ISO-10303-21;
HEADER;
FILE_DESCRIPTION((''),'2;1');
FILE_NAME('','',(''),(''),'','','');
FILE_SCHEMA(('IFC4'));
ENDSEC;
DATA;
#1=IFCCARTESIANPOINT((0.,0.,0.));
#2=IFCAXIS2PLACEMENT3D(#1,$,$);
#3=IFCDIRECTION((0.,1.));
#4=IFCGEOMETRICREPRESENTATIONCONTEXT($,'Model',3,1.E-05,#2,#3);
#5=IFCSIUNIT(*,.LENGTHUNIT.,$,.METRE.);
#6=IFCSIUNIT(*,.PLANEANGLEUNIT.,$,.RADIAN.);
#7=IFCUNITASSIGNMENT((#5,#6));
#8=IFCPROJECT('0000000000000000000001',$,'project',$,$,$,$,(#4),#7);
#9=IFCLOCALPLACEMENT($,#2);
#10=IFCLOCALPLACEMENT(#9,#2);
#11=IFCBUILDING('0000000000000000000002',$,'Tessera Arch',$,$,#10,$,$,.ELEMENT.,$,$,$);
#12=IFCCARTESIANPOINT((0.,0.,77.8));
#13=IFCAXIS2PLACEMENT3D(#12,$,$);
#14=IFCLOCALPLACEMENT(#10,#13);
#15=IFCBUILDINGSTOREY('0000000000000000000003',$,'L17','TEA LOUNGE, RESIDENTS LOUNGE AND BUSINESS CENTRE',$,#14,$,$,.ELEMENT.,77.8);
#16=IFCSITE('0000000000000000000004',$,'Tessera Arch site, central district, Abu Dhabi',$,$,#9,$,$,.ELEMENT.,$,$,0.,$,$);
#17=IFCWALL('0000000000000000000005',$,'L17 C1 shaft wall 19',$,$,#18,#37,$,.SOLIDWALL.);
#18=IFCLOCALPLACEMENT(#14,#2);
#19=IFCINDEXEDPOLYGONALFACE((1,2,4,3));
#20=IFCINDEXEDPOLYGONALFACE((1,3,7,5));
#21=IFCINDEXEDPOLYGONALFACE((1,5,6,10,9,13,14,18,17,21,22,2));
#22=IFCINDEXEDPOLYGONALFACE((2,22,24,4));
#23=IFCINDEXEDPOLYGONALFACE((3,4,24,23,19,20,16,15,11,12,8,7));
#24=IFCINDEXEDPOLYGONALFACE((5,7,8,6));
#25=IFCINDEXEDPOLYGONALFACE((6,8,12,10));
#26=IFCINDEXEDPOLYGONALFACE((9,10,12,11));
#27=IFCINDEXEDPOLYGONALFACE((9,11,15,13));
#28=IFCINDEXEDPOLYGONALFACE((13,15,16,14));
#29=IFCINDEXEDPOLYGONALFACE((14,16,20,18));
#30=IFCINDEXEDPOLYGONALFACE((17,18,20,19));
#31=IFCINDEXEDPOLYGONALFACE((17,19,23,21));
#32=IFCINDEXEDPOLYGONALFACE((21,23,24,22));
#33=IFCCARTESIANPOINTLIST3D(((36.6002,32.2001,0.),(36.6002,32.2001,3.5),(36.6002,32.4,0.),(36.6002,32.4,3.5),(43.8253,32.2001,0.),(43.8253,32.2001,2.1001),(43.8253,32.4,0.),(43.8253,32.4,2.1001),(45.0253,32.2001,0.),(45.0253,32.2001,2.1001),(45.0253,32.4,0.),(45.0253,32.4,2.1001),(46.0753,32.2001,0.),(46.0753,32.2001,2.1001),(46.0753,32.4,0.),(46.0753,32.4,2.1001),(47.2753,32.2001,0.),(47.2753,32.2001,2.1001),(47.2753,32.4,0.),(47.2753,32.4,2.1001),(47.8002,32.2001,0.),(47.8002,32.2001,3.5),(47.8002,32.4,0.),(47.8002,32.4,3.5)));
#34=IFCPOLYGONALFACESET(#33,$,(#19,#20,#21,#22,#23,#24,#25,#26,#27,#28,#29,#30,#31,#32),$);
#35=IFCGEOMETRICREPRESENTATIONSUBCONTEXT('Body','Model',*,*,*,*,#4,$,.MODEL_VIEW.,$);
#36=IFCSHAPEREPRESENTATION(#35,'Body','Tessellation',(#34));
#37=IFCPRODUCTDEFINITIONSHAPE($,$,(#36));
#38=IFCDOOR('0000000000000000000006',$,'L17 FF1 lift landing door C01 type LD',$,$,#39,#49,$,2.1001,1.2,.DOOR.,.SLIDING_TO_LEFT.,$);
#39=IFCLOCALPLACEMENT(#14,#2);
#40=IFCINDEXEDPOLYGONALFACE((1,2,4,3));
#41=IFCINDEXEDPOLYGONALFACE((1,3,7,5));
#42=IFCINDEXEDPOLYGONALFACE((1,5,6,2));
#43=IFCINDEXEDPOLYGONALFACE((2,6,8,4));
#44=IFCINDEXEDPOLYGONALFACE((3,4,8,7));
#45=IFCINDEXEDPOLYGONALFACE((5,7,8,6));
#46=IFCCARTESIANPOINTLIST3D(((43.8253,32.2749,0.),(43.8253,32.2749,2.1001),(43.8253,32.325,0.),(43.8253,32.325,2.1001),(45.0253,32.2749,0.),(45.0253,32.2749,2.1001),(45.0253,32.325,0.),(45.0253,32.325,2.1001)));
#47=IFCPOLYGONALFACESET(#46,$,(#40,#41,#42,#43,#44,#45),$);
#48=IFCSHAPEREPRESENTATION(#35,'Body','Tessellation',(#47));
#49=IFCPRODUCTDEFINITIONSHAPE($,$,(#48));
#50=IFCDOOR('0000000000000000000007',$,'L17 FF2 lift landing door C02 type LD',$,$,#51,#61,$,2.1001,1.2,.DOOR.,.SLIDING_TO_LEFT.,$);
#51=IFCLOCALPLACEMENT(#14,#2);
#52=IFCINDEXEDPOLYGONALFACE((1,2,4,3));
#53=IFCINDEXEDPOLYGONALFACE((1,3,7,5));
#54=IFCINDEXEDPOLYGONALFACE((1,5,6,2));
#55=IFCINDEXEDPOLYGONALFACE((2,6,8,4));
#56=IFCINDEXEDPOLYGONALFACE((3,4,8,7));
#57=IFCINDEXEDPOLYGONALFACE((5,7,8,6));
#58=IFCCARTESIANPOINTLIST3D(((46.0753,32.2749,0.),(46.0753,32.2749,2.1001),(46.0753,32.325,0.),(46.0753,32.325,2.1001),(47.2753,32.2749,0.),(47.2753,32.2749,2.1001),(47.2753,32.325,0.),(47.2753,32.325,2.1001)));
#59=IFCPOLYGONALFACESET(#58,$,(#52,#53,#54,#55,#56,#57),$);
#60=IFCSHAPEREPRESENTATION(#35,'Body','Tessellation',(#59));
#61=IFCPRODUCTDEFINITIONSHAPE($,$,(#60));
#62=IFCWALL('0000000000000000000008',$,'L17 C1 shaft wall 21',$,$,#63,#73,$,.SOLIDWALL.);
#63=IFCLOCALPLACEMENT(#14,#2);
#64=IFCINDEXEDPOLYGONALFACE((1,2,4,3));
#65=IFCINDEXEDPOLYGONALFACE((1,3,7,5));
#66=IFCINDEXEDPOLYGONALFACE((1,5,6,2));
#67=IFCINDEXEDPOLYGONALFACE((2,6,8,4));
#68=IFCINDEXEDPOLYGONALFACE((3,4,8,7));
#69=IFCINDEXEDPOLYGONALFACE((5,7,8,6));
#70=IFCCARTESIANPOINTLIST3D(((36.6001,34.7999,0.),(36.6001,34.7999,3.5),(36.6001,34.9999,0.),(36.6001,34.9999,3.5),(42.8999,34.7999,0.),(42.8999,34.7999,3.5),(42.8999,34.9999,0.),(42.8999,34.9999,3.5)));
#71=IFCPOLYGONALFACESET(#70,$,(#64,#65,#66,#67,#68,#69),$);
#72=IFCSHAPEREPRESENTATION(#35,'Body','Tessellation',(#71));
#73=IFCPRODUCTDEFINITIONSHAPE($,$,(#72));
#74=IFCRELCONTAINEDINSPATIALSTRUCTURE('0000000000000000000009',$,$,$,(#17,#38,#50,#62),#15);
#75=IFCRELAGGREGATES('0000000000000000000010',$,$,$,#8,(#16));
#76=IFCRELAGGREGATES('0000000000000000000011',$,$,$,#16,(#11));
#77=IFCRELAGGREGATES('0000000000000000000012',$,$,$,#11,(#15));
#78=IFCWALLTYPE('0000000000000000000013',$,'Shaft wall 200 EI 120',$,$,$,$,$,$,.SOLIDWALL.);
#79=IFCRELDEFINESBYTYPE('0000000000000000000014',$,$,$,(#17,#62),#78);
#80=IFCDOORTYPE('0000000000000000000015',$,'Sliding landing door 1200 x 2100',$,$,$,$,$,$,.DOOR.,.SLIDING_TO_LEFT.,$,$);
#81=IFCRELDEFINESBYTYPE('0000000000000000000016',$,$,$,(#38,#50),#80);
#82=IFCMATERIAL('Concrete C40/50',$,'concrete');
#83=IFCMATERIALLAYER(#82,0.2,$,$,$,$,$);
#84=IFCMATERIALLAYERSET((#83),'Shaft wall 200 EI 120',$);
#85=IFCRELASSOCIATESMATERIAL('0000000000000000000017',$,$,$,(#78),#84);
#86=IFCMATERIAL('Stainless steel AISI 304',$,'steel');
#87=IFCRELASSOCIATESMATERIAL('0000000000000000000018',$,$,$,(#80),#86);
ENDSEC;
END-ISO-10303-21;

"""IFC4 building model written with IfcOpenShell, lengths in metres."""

from ifc_helpers import new_model, si_unit, direction, frame, frame_2d, origin, place, context, subcontext, project, spatial, rectangle, extrude, material, layer, layer_set, type_object, element, fill, save


model = new_model("IFC4")

# Units and contexts
model_context = context("Model", 3, precision=1e-05, world=origin(), true_north=direction((0.0, 1.0)))
body_context = subcontext(model_context, "Body", "Model", "MODEL_VIEW")
ifc_project = project(units=[si_unit("LENGTHUNIT", "METRE"), si_unit("PLANEANGLEUNIT", "RADIAN")], contexts=[model_context])

# Site, building, storey
site_placement = place(None, origin())
site = spatial("IfcSite", under=ifc_project, at=site_placement, Name="Tessera Arch site, central district, Abu Dhabi", CompositionType="ELEMENT", RefElevation=0.0)
building_placement = place(site_placement, origin())
building = spatial("IfcBuilding", under=site, at=building_placement, Name="Tessera Arch", CompositionType="ELEMENT")
storey_placement = place(building_placement, frame((0.0, 0.0, 77.8)))
storey = spatial("IfcBuildingStorey", under=building, at=storey_placement, Name="L17", Description="TEA LOUNGE, RESIDENTS LOUNGE AND BUSINESS CENTRE", CompositionType="ELEMENT", Elevation=77.8)

# Shared definitions
ifc_material_1 = material(Name="Concrete C40/50", Category="concrete")
ifc_layer_1 = layer(ifc_material_1, 0.2)
ifc_layer_set_1 = layer_set([ifc_layer_1], Name="Shaft wall 200 EI 120")
wall_type_1 = type_object("IfcWallType", Name="Shaft wall 200 EI 120", PredefinedType="SOLIDWALL", material=ifc_layer_set_1)

# Wall, openings, doors
wall_1_placement = place(storey_placement, frame((36.6001, 32.3, 0.0), z_axis=(0.0, 0.0, 1.0), x_axis=(1.0, 0.0, 0.0)))
wall_1 = element("IfcWall", 1, at=wall_1_placement, inside=storey, type_object=wall_type_1, Name="L17 C1 shaft wall 19", PredefinedType="SOLIDWALL", context=body_context, shape_type="SweptSolid", body=[
    extrude(rectangle(XDim=11.2, YDim=0.2, at=frame_2d((5.6001, 0.0))), origin(), (0.0, 0.0, 1.0), 3.5),
])
opening_1_placement = place(wall_1_placement, frame((7.2251, 0.0, 0.0)))
opening_1 = element("IfcOpeningElement", 2, at=opening_1_placement, cuts=wall_1, PredefinedType="OPENING", context=body_context, shape_type="SweptSolid", body=[
    extrude(rectangle(XDim=1.2, YDim=2.1001, at=frame_2d((0.6001, 1.05))), frame((0.0, 0.1099, 0.0), z_axis=(0.0, -1.0, 0.0), x_axis=(1.0, 0.0, 0.0)), (0.0, 0.0, 1.0), 0.22),
])
opening_2_placement = place(wall_1_placement, frame((9.4751, 0.0, 0.0)))
opening_2 = element("IfcOpeningElement", 3, at=opening_2_placement, cuts=wall_1, PredefinedType="OPENING", context=body_context, shape_type="SweptSolid", body=[
    extrude(rectangle(XDim=1.2, YDim=2.1001, at=frame_2d((0.6001, 1.05))), frame((0.0, 0.1099, 0.0), z_axis=(0.0, -1.0, 0.0), x_axis=(1.0, 0.0, 0.0)), (0.0, 0.0, 1.0), 0.22),
])
ifc_material_2 = material(Name="Stainless steel AISI 304", Category="steel")
door_type_1 = type_object("IfcDoorType", Name="Sliding landing door 1200 x 2100", OperationType="SLIDING_TO_LEFT", PredefinedType="DOOR", material=ifc_material_2)
door_1_placement = place(opening_1_placement, origin())
door_1 = element("IfcDoor", 4, at=door_1_placement, inside=storey, type_object=door_type_1, Name="L17 FF1 lift landing door C01 type LD", OperationType="SLIDING_TO_LEFT", OverallHeight=2.1001, OverallWidth=1.2, PredefinedType="DOOR", context=body_context, shape_type="SweptSolid", body=[
    extrude(rectangle(XDim=1.2, YDim=2.1001, at=frame_2d((0.6001, 1.05))), frame((0.0, 0.0249, 0.0), z_axis=(0.0, -1.0, 0.0), x_axis=(1.0, 0.0, 0.0)), (0.0, 0.0, 1.0), 0.05),
])
fill(opening_1, door_1)
door_2_placement = place(opening_2_placement, origin())
door_2 = element("IfcDoor", 5, at=door_2_placement, inside=storey, type_object=door_type_1, Name="L17 FF2 lift landing door C02 type LD", OperationType="SLIDING_TO_LEFT", OverallHeight=2.1001, OverallWidth=1.2, PredefinedType="DOOR", context=body_context, shape_type="SweptSolid", body=[
    extrude(rectangle(XDim=1.2, YDim=2.1001, at=frame_2d((0.6001, 1.05))), frame((0.0, 0.0249, 0.0), z_axis=(0.0, -1.0, 0.0), x_axis=(1.0, 0.0, 0.0)), (0.0, 0.0, 1.0), 0.05),
])
fill(opening_2, door_2)

# Wall
wall_2_placement = place(storey_placement, frame((36.6001, 34.8999, 0.0), z_axis=(0.0, 0.0, 1.0), x_axis=(1.0, 0.0, 0.0)))
element("IfcWall", 6, at=wall_2_placement, inside=storey, type_object=wall_type_1, Name="L17 C1 shaft wall 21", PredefinedType="SOLIDWALL", context=body_context, shape_type="SweptSolid", body=[
    extrude(rectangle(XDim=6.2998, YDim=0.2, at=frame_2d((3.1499, 0.0))), origin(), (0.0, 0.0, 1.0), 3.5),
])

save(model, "model.ifc")
